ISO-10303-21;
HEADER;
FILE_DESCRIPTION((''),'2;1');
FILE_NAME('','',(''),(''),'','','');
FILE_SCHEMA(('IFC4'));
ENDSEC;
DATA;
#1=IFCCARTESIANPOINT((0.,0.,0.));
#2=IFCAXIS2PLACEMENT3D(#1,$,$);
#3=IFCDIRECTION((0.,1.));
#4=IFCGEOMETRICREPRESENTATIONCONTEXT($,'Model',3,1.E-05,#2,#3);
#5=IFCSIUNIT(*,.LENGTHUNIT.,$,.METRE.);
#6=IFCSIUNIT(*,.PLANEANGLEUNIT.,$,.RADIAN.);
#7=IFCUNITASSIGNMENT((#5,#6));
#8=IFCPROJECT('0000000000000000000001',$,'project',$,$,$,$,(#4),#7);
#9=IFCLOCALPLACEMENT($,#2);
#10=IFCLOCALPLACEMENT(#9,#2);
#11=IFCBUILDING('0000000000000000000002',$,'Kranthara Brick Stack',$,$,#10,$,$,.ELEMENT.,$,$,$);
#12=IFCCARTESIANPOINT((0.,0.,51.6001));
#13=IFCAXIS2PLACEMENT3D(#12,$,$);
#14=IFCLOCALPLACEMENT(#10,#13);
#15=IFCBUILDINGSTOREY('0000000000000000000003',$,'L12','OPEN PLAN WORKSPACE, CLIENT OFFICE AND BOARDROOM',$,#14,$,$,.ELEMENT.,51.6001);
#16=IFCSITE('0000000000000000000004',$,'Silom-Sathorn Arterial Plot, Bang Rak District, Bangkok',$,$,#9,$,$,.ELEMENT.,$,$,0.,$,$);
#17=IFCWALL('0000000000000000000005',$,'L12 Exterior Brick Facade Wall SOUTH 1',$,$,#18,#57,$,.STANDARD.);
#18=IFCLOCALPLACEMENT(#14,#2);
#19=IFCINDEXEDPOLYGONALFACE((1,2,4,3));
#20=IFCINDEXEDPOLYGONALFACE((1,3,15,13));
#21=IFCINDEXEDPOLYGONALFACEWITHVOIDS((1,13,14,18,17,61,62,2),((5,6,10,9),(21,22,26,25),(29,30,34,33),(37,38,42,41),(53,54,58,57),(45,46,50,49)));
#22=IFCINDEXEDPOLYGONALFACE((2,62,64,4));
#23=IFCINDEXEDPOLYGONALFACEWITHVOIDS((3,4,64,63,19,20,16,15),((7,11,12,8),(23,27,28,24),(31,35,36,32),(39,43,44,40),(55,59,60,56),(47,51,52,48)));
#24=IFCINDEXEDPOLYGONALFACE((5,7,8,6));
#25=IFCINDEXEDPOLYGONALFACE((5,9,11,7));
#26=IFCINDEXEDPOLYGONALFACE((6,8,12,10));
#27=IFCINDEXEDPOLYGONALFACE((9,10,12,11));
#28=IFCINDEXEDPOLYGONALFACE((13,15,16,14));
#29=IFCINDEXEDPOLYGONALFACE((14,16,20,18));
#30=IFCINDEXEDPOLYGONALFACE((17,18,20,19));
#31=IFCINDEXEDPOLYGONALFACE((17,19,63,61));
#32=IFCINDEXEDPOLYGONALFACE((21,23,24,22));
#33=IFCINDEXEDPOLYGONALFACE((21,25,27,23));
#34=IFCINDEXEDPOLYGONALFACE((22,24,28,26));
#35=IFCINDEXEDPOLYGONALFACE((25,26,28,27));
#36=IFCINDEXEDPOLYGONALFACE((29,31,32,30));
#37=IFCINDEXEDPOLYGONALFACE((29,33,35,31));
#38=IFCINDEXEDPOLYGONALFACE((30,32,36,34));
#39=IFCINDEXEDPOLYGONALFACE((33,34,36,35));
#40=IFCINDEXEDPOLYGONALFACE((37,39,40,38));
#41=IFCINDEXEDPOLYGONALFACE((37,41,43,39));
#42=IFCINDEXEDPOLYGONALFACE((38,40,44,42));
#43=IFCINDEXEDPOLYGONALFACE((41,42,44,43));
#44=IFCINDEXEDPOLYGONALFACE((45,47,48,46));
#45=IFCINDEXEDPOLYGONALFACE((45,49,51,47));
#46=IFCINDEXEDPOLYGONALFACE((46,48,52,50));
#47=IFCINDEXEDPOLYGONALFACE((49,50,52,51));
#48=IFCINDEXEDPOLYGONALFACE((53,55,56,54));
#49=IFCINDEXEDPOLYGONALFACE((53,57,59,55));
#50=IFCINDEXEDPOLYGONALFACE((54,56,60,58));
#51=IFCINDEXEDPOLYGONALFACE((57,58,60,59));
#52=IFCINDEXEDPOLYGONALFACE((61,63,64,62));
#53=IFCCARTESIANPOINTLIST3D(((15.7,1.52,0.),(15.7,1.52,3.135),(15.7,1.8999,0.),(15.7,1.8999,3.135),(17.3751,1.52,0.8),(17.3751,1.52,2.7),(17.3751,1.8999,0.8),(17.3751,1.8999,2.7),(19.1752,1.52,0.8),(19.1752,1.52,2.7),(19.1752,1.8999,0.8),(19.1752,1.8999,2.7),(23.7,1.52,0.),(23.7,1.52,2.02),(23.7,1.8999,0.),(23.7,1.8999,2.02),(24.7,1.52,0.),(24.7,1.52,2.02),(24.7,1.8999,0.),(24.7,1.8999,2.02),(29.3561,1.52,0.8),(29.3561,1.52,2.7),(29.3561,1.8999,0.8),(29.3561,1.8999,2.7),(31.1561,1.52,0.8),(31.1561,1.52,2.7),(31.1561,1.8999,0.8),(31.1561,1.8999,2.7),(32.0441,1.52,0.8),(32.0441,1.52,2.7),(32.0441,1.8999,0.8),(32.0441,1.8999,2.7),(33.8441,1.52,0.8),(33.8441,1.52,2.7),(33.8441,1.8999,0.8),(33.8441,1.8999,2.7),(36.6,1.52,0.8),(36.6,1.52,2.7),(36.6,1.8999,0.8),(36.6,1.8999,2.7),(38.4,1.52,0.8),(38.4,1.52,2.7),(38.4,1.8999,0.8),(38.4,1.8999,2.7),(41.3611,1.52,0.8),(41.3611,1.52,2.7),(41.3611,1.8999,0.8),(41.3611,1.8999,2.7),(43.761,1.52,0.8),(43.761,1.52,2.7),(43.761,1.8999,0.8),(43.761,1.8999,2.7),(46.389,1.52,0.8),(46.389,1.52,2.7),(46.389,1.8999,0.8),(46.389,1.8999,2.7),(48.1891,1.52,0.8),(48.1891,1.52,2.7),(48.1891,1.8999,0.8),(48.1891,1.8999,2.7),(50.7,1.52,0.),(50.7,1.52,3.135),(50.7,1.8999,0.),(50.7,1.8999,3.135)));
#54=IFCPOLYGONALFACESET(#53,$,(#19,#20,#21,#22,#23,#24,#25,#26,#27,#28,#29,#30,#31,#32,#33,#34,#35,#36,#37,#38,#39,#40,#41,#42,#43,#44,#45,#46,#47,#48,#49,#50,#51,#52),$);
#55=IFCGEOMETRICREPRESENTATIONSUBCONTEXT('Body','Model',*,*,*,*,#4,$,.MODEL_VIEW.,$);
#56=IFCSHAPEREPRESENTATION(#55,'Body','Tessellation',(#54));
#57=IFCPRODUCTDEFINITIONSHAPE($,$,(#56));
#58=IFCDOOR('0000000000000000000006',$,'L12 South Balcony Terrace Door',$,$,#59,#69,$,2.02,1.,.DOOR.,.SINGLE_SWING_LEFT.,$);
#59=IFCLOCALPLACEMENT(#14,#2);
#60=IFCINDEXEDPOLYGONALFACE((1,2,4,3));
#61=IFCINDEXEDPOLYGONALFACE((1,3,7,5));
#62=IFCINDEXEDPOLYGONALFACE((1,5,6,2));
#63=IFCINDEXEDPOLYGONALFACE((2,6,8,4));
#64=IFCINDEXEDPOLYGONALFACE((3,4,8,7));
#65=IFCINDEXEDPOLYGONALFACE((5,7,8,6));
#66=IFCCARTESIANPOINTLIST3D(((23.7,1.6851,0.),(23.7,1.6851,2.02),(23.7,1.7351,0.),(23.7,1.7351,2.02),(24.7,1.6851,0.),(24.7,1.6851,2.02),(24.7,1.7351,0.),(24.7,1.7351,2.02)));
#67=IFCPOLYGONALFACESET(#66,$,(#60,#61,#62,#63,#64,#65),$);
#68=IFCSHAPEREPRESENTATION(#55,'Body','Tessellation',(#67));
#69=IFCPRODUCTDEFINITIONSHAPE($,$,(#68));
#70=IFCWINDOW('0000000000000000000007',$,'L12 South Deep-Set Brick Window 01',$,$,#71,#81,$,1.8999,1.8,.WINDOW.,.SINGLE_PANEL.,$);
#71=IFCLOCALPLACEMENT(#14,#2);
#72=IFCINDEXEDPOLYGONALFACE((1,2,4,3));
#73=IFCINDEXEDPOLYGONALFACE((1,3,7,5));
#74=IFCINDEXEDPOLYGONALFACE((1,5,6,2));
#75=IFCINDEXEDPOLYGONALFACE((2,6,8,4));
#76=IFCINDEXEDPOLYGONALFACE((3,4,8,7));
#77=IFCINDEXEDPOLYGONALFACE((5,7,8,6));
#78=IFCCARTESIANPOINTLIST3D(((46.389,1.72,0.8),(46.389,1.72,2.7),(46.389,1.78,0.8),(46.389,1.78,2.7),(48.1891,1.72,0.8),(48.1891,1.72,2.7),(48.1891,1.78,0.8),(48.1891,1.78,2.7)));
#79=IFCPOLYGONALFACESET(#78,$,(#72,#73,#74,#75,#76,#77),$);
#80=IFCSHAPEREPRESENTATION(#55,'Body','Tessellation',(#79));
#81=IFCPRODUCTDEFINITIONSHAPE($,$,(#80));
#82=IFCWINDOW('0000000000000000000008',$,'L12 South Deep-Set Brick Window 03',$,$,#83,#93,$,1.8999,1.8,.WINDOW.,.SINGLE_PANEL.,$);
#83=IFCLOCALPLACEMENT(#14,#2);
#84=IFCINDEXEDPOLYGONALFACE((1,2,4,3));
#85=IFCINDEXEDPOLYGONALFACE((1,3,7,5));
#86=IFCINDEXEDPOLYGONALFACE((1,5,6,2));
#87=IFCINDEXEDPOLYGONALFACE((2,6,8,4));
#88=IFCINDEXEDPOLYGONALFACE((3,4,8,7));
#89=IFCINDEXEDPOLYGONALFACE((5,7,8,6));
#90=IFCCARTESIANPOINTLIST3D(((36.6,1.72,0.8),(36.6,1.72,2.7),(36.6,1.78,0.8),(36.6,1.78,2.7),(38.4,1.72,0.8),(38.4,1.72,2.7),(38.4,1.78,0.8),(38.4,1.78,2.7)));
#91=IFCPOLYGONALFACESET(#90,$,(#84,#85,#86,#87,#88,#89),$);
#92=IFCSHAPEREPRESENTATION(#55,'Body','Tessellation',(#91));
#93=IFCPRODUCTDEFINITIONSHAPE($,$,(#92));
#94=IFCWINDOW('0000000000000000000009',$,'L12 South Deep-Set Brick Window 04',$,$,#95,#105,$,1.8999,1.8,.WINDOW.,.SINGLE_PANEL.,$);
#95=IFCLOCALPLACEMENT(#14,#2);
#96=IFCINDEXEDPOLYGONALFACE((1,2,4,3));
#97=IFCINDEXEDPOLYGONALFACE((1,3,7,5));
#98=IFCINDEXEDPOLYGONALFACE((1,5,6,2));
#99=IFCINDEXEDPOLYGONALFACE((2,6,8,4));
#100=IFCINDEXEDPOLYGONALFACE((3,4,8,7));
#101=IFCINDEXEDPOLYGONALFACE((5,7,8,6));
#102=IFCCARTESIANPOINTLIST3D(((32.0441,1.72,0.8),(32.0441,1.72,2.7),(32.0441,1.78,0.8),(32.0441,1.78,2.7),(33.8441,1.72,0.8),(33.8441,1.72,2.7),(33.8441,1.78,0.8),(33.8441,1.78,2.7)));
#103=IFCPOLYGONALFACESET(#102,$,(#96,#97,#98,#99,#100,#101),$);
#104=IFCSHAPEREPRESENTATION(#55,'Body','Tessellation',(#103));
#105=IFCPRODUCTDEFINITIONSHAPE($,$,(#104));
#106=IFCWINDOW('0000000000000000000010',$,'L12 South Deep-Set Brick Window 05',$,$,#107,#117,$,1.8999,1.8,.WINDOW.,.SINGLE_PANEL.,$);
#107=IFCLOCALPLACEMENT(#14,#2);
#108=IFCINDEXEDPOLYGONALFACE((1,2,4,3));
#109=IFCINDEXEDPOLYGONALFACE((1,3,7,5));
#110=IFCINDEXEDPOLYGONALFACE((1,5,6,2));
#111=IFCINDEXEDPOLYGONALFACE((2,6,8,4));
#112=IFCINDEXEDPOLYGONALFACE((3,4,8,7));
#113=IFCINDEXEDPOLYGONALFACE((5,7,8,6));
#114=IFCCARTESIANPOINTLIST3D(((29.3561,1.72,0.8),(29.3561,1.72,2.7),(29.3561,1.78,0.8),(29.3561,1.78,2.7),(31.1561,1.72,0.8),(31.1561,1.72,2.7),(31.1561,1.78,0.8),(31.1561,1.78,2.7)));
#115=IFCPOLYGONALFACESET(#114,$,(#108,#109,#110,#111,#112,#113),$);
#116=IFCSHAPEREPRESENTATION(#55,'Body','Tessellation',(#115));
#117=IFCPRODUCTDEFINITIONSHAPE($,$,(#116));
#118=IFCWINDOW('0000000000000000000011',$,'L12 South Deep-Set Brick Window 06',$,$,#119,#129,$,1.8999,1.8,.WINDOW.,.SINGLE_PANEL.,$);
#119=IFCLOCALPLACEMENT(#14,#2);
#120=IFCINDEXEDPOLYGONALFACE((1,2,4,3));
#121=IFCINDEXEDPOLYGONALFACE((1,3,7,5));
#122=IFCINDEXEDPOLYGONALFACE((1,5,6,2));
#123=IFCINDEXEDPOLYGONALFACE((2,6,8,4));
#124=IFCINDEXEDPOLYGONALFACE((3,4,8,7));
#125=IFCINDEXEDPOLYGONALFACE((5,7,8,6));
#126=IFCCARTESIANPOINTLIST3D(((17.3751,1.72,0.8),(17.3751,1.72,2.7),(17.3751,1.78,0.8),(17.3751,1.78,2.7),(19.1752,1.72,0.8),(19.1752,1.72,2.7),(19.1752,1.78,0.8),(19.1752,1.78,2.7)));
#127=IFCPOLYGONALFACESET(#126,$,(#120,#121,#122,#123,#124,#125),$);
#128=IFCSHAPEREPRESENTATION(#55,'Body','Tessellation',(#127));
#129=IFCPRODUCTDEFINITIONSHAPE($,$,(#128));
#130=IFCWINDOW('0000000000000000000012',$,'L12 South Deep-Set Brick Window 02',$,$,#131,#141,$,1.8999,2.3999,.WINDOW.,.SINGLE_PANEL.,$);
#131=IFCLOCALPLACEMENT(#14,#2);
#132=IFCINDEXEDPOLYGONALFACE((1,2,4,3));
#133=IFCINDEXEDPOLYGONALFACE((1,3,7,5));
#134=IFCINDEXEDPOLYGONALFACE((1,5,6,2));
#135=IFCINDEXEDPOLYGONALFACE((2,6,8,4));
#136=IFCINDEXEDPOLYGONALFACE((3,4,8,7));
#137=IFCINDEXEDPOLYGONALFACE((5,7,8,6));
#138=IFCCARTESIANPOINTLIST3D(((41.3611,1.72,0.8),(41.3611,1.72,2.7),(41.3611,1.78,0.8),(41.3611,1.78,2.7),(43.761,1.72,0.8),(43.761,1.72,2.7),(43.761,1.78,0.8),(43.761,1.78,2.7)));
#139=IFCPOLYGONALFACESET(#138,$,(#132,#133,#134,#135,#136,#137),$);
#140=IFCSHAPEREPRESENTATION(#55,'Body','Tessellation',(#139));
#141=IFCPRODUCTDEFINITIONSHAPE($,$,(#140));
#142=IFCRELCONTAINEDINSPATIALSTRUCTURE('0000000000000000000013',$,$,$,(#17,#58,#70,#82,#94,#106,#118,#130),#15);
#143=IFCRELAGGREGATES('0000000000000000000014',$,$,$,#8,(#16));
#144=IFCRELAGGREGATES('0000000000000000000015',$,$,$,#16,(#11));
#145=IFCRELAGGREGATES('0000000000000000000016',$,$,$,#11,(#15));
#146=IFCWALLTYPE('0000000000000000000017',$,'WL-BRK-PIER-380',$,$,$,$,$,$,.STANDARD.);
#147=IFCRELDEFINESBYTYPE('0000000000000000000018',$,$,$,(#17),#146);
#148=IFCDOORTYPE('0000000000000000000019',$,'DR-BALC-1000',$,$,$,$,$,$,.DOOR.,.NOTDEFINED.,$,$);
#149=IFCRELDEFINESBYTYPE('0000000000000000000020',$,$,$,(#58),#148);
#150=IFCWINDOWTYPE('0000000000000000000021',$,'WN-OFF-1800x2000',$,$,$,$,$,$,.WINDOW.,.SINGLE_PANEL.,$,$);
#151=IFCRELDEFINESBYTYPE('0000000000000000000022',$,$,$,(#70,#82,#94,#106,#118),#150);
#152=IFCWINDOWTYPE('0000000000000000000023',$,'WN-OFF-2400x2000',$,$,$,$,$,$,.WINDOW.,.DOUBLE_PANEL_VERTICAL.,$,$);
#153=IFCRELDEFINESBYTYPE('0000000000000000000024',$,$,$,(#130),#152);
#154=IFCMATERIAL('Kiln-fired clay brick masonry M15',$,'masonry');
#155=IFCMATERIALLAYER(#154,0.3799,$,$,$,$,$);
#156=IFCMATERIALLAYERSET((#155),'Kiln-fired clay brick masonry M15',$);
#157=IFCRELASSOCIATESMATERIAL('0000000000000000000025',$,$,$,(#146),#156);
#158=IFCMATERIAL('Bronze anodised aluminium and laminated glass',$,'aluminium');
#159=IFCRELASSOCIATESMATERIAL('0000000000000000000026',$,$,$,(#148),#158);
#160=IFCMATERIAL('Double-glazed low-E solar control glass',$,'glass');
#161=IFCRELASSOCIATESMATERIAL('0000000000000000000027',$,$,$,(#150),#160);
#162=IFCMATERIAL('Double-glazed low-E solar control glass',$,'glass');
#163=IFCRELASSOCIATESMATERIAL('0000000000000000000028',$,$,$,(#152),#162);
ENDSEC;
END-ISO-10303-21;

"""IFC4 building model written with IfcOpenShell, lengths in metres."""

from ifc_helpers import new_model, si_unit, direction, frame, frame_2d, origin, place, context, subcontext, project, spatial, rectangle, extrude, material, layer, layer_set, type_object, element, fill, save


model = new_model("IFC4")

# Units and contexts
model_context = context("Model", 3, precision=1e-05, world=origin(), true_north=direction((0.0, 1.0)))
body_context = subcontext(model_context, "Body", "Model", "MODEL_VIEW")
ifc_project = project(units=[si_unit("LENGTHUNIT", "METRE"), si_unit("PLANEANGLEUNIT", "RADIAN")], contexts=[model_context])

# Site, building, storey
site_placement = place(None, origin())
site = spatial("IfcSite", under=ifc_project, at=site_placement, Name="Silom-Sathorn Arterial Plot, Bang Rak District, Bangkok", CompositionType="ELEMENT", RefElevation=0.0)
building_placement = place(site_placement, origin())
building = spatial("IfcBuilding", under=site, at=building_placement, Name="Kranthara Brick Stack", CompositionType="ELEMENT")
storey_placement = place(building_placement, frame((0.0, 0.0, 51.6001)))
storey = spatial("IfcBuildingStorey", under=building, at=storey_placement, Name="L12", Description="OPEN PLAN WORKSPACE, CLIENT OFFICE AND BOARDROOM", CompositionType="ELEMENT", Elevation=51.6001)

# Wall, openings, door, windows
ifc_material_1 = material(Name="Kiln-fired clay brick masonry M15", Category="masonry")
ifc_layer_1 = layer(ifc_material_1, 0.3799)
ifc_layer_set_1 = layer_set([ifc_layer_1], Name="Kiln-fired clay brick masonry M15")
wall_type_1 = type_object("IfcWallType", Name="WL-BRK-PIER-380", PredefinedType="STANDARD", material=ifc_layer_set_1)
wall_1_placement = place(storey_placement, frame((50.7, 1.71, 0.0), z_axis=(0.0, 0.0, 1.0), x_axis=(-1.0, 0.0, 0.0)))
wall_1 = element("IfcWall", 1, at=wall_1_placement, inside=storey, type_object=wall_type_1, Name="L12 Exterior Brick Facade Wall SOUTH 1", PredefinedType="STANDARD", context=body_context, shape_type="SweptSolid", body=[
    extrude(rectangle(XDim=35.0, YDim=0.3799, at=frame_2d((17.5, 0.0))), origin(), (0.0, 0.0, 1.0), 3.135),
])
opening_1_placement = place(wall_1_placement, frame((26.0, 0.0, 0.0)))
opening_1 = element("IfcOpeningElement", 2, at=opening_1_placement, cuts=wall_1, PredefinedType="OPENING", context=body_context, shape_type="SweptSolid", body=[
    extrude(rectangle(XDim=1.0, YDim=2.02, at=frame_2d((0.5, 1.01))), frame((0.0, 0.2, 0.0), z_axis=(0.0, -1.0, 0.0), x_axis=(1.0, 0.0, 0.0)), (0.0, 0.0, 1.0), 0.3999),
])
opening_2_placement = place(wall_1_placement, frame((2.511, 0.0, 0.8)))
opening_2 = element("IfcOpeningElement", 3, at=opening_2_placement, cuts=wall_1, PredefinedType="OPENING", context=body_context, shape_type="SweptSolid", body=[
    extrude(rectangle(XDim=1.8, YDim=1.8999, at=frame_2d((0.8999, 0.95))), frame((0.0, 0.2, 0.0), z_axis=(0.0, -1.0, 0.0), x_axis=(1.0, 0.0, 0.0)), (0.0, 0.0, 1.0), 0.3999),
])
opening_3_placement = place(wall_1_placement, frame((6.939, 0.0, 0.8)))
opening_3 = element("IfcOpeningElement", 4, at=opening_3_placement, cuts=wall_1, PredefinedType="OPENING", context=body_context, shape_type="SweptSolid", body=[
    extrude(rectangle(XDim=2.3999, YDim=1.8999, at=frame_2d((1.2, 0.95))), frame((0.0, 0.2, 0.0), z_axis=(0.0, -1.0, 0.0), x_axis=(1.0, 0.0, 0.0)), (0.0, 0.0, 1.0), 0.3999),
])
opening_4_placement = place(wall_1_placement, frame((12.3, 0.0, 0.8)))
opening_4 = element("IfcOpeningElement", 5, at=opening_4_placement, cuts=wall_1, PredefinedType="OPENING", context=body_context, shape_type="SweptSolid", body=[
    extrude(rectangle(XDim=1.8, YDim=1.8999, at=frame_2d((0.8999, 0.95))), frame((0.0, 0.2, 0.0), z_axis=(0.0, -1.0, 0.0), x_axis=(1.0, 0.0, 0.0)), (0.0, 0.0, 1.0), 0.3999),
])
opening_5_placement = place(wall_1_placement, frame((16.856, 0.0, 0.8)))
opening_5 = element("IfcOpeningElement", 6, at=opening_5_placement, cuts=wall_1, PredefinedType="OPENING", context=body_context, shape_type="SweptSolid", body=[
    extrude(rectangle(XDim=1.8, YDim=1.8999, at=frame_2d((0.8999, 0.95))), frame((0.0, 0.2, 0.0), z_axis=(0.0, -1.0, 0.0), x_axis=(1.0, 0.0, 0.0)), (0.0, 0.0, 1.0), 0.3999),
])
opening_6_placement = place(wall_1_placement, frame((19.5439, 0.0, 0.8)))
opening_6 = element("IfcOpeningElement", 7, at=opening_6_placement, cuts=wall_1, PredefinedType="OPENING", context=body_context, shape_type="SweptSolid", body=[
    extrude(rectangle(XDim=1.8, YDim=1.8999, at=frame_2d((0.8999, 0.95))), frame((0.0, 0.2, 0.0), z_axis=(0.0, -1.0, 0.0), x_axis=(1.0, 0.0, 0.0)), (0.0, 0.0, 1.0), 0.3999),
])
opening_7_placement = place(wall_1_placement, frame((31.5249, 0.0, 0.8)))
opening_7 = element("IfcOpeningElement", 8, at=opening_7_placement, cuts=wall_1, PredefinedType="OPENING", context=body_context, shape_type="SweptSolid", body=[
    extrude(rectangle(XDim=1.8, YDim=1.8999, at=frame_2d((0.8999, 0.95))), frame((0.0, 0.2, 0.0), z_axis=(0.0, -1.0, 0.0), x_axis=(1.0, 0.0, 0.0)), (0.0, 0.0, 1.0), 0.3999),
])
ifc_material_2 = material(Name="Bronze anodised aluminium and laminated glass", Category="aluminium")
door_type_1 = type_object("IfcDoorType", Name="DR-BALC-1000", OperationType="NOTDEFINED", PredefinedType="DOOR", material=ifc_material_2)
door_1_placement = place(opening_1_placement, origin())
door_1 = element("IfcDoor", 9, at=door_1_placement, inside=storey, type_object=door_type_1, Name="L12 South Balcony Terrace Door", OperationType="SINGLE_SWING_LEFT", OverallHeight=2.02, OverallWidth=1.0, PredefinedType="DOOR", context=body_context, shape_type="SweptSolid", body=[
    extrude(rectangle(XDim=1.0, YDim=2.02, at=frame_2d((0.5, 1.01))), frame((0.0, 0.0249, 0.0), z_axis=(0.0, -1.0, 0.0), x_axis=(1.0, 0.0, 0.0)), (0.0, 0.0, 1.0), 0.05),
])
fill(opening_1, door_1)
ifc_material_3 = material(Name="Double-glazed low-E solar control glass", Category="glass")
window_type_1 = type_object("IfcWindowType", Name="WN-OFF-1800x2000", PartitioningType="SINGLE_PANEL", PredefinedType="WINDOW", material=ifc_material_3)
window_1_placement = place(opening_2_placement, origin())
window_1 = element("IfcWindow", 10, at=window_1_placement, inside=storey, type_object=window_type_1, Name="L12 South Deep-Set Brick Window 01", OverallHeight=1.8999, OverallWidth=1.8, PartitioningType="SINGLE_PANEL", PredefinedType="WINDOW", context=body_context, shape_type="SweptSolid", body=[
    extrude(rectangle(XDim=1.8, YDim=1.8999, at=frame_2d((0.8999, 0.95))), frame((0.0, -0.01, 0.0), z_axis=(0.0, -1.0, 0.0), x_axis=(1.0, 0.0, 0.0)), (0.0, 0.0, 1.0), 0.0601),
])
fill(opening_2, window_1)
window_2_placement = place(opening_4_placement, origin())
window_2 = element("IfcWindow", 11, at=window_2_placement, inside=storey, type_object=window_type_1, Name="L12 South Deep-Set Brick Window 03", OverallHeight=1.8999, OverallWidth=1.8, PartitioningType="SINGLE_PANEL", PredefinedType="WINDOW", context=body_context, shape_type="SweptSolid", body=[
    extrude(rectangle(XDim=1.8, YDim=1.8999, at=frame_2d((0.8999, 0.95))), frame((0.0, -0.01, 0.0), z_axis=(0.0, -1.0, 0.0), x_axis=(1.0, 0.0, 0.0)), (0.0, 0.0, 1.0), 0.0601),
])
fill(opening_4, window_2)
window_3_placement = place(opening_5_placement, origin())
window_3 = element("IfcWindow", 12, at=window_3_placement, inside=storey, type_object=window_type_1, Name="L12 South Deep-Set Brick Window 04", OverallHeight=1.8999, OverallWidth=1.8, PartitioningType="SINGLE_PANEL", PredefinedType="WINDOW", context=body_context, shape_type="SweptSolid", body=[
    extrude(rectangle(XDim=1.8, YDim=1.8999, at=frame_2d((0.8999, 0.95))), frame((0.0, -0.01, 0.0), z_axis=(0.0, -1.0, 0.0), x_axis=(1.0, 0.0, 0.0)), (0.0, 0.0, 1.0), 0.0601),
])
fill(opening_5, window_3)
window_4_placement = place(opening_6_placement, origin())
window_4 = element("IfcWindow", 13, at=window_4_placement, inside=storey, type_object=window_type_1, Name="L12 South Deep-Set Brick Window 05", OverallHeight=1.8999, OverallWidth=1.8, PartitioningType="SINGLE_PANEL", PredefinedType="WINDOW", context=body_context, shape_type="SweptSolid", body=[
    extrude(rectangle(XDim=1.8, YDim=1.8999, at=frame_2d((0.8999, 0.95))), frame((0.0, -0.01, 0.0), z_axis=(0.0, -1.0, 0.0), x_axis=(1.0, 0.0, 0.0)), (0.0, 0.0, 1.0), 0.0601),
])
fill(opening_6, window_4)
window_5_placement = place(opening_7_placement, origin())
window_5 = element("IfcWindow", 14, at=window_5_placement, inside=storey, type_object=window_type_1, Name="L12 South Deep-Set Brick Window 06", OverallHeight=1.8999, OverallWidth=1.8, PartitioningType="SINGLE_PANEL", PredefinedType="WINDOW", context=body_context, shape_type="SweptSolid", body=[
    extrude(rectangle(XDim=1.8, YDim=1.8999, at=frame_2d((0.8999, 0.95))), frame((0.0, -0.01, 0.0), z_axis=(0.0, -1.0, 0.0), x_axis=(1.0, 0.0, 0.0)), (0.0, 0.0, 1.0), 0.0601),
])
fill(opening_7, window_5)
ifc_material_4 = material(Name="Double-glazed low-E solar control glass", Category="glass")
window_type_2 = type_object("IfcWindowType", Name="WN-OFF-2400x2000", PartitioningType="DOUBLE_PANEL_VERTICAL", PredefinedType="WINDOW", material=ifc_material_4)
window_6_placement = place(opening_3_placement, origin())
window_6 = element("IfcWindow", 15, at=window_6_placement, inside=storey, type_object=window_type_2, Name="L12 South Deep-Set Brick Window 02", OverallHeight=1.8999, OverallWidth=2.3999, PartitioningType="SINGLE_PANEL", PredefinedType="WINDOW", context=body_context, shape_type="SweptSolid", body=[
    extrude(rectangle(XDim=2.3999, YDim=1.8999, at=frame_2d((1.2, 0.95))), frame((0.0, -0.01, 0.0), z_axis=(0.0, -1.0, 0.0), x_axis=(1.0, 0.0, 0.0)), (0.0, 0.0, 1.0), 0.0601),
])
fill(opening_3, window_6)

save(model, "model.ifc")
